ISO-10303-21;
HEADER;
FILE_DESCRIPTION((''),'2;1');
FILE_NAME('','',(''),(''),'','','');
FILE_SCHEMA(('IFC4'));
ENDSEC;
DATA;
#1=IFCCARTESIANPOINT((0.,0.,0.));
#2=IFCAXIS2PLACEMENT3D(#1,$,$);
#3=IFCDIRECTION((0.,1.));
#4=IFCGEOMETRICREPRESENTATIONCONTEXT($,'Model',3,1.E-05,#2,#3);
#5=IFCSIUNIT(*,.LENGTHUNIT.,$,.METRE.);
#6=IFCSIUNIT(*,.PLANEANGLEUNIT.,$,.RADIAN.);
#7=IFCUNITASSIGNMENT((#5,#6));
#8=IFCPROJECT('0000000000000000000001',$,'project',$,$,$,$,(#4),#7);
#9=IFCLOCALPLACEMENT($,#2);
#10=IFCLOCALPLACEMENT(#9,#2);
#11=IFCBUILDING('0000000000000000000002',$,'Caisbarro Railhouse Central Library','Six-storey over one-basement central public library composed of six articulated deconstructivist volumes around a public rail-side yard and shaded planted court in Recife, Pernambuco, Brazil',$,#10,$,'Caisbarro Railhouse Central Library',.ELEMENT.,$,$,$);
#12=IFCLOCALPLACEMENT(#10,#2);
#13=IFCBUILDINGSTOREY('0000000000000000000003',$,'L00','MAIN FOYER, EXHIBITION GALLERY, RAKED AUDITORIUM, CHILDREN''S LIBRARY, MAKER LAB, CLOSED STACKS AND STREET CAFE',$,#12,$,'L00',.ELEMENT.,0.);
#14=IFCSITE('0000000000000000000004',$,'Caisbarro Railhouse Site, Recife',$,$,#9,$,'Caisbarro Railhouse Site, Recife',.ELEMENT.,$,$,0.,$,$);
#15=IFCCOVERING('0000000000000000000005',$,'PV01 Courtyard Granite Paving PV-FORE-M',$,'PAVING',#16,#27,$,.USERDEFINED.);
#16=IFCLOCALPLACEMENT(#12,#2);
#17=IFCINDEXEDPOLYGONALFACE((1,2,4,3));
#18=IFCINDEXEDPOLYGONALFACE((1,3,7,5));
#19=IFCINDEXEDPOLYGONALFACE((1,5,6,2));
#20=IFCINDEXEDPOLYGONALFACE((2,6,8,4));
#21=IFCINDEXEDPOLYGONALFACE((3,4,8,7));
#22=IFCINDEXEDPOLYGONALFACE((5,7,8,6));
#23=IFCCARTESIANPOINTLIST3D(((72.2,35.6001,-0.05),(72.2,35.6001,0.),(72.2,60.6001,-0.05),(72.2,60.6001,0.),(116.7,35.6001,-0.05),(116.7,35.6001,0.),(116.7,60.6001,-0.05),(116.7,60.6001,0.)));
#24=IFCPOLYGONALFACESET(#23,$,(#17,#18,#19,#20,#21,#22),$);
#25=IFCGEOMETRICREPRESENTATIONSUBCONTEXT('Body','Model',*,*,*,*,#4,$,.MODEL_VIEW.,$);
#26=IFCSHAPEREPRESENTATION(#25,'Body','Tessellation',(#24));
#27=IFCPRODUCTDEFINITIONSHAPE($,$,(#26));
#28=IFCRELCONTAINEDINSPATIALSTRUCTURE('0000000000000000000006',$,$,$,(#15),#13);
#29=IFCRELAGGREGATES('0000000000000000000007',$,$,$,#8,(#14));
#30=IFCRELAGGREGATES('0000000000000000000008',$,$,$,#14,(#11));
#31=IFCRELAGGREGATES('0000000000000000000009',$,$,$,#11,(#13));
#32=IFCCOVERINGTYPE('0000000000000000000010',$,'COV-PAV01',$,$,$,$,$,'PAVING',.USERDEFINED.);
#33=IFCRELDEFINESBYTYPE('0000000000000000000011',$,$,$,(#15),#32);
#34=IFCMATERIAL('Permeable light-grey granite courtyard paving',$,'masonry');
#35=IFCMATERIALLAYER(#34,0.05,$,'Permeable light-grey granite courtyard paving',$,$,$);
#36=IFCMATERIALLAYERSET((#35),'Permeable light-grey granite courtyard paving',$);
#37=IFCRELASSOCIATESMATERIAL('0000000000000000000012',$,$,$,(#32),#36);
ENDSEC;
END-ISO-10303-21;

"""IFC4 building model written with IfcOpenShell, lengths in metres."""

from ifc_helpers import new_model, si_unit, direction, frame, origin, place, context, subcontext, project, spatial, polyline, outline, extrude, material, layer, layer_set, type_object, element, save


model = new_model("IFC4")

# Units and contexts
model_context = context("Model", 3, precision=1e-05, world=origin(), true_north=direction((0.0, 1.0)))
body_context = subcontext(model_context, "Body", "Model", "MODEL_VIEW")
ifc_project = project(units=[si_unit("LENGTHUNIT", "METRE"), si_unit("PLANEANGLEUNIT", "RADIAN")], contexts=[model_context])

# Site, building, storey
site_placement = place(None, origin())
site = spatial("IfcSite", under=ifc_project, at=site_placement, Name="Caisbarro Railhouse Site, Recife", LongName="Caisbarro Railhouse Site, Recife", CompositionType="ELEMENT", RefElevation=0.0)
building_placement = place(site_placement, origin())
building = spatial("IfcBuilding", under=site, at=building_placement, Name="Caisbarro Railhouse Central Library", Description="Six-storey over one-basement central public library composed of six articulated deconstructivist volumes around a public rail-side yard and shaded planted court in Recife, Pernambuco, Brazil", LongName="Caisbarro Railhouse Central Library", CompositionType="ELEMENT")
storey_placement = place(building_placement, origin())
storey = spatial("IfcBuildingStorey", under=building, at=storey_placement, Name="L00", Description="MAIN FOYER, EXHIBITION GALLERY, RAKED AUDITORIUM, CHILDREN'S LIBRARY, MAKER LAB, CLOSED STACKS AND STREET CAFE", LongName="L00", CompositionType="ELEMENT", Elevation=0.0)

# Covering
ifc_material_1 = material(Name="Permeable light-grey granite courtyard paving", Category="masonry")
ifc_layer_1 = layer(ifc_material_1, 0.05, Name="Permeable light-grey granite courtyard paving")
ifc_layer_set_1 = layer_set([ifc_layer_1], Name="Permeable light-grey granite courtyard paving")
covering_type = type_object("IfcCoveringType", Name="COV-PAV01", ElementType="PAVING", PredefinedType="USERDEFINED", material=ifc_layer_set_1)
covering_1_placement = place(storey_placement, frame((0.0, 0.0, -0.05)))
element("IfcCovering", 1, at=covering_1_placement, inside=storey, type_object=covering_type, Name="PV01 Courtyard Granite Paving PV-FORE-M", ObjectType="PAVING", PredefinedType="USERDEFINED", context=body_context, shape_type="SweptSolid", body=[
    extrude(outline(polyline([(72.2, 35.6001), (116.7, 35.6001), (116.7, 60.6001), (72.2, 60.6001), (72.2, 35.6001)])), origin(), (0.0, 0.0, 1.0), 0.05),
])

save(model, "model.ifc")
